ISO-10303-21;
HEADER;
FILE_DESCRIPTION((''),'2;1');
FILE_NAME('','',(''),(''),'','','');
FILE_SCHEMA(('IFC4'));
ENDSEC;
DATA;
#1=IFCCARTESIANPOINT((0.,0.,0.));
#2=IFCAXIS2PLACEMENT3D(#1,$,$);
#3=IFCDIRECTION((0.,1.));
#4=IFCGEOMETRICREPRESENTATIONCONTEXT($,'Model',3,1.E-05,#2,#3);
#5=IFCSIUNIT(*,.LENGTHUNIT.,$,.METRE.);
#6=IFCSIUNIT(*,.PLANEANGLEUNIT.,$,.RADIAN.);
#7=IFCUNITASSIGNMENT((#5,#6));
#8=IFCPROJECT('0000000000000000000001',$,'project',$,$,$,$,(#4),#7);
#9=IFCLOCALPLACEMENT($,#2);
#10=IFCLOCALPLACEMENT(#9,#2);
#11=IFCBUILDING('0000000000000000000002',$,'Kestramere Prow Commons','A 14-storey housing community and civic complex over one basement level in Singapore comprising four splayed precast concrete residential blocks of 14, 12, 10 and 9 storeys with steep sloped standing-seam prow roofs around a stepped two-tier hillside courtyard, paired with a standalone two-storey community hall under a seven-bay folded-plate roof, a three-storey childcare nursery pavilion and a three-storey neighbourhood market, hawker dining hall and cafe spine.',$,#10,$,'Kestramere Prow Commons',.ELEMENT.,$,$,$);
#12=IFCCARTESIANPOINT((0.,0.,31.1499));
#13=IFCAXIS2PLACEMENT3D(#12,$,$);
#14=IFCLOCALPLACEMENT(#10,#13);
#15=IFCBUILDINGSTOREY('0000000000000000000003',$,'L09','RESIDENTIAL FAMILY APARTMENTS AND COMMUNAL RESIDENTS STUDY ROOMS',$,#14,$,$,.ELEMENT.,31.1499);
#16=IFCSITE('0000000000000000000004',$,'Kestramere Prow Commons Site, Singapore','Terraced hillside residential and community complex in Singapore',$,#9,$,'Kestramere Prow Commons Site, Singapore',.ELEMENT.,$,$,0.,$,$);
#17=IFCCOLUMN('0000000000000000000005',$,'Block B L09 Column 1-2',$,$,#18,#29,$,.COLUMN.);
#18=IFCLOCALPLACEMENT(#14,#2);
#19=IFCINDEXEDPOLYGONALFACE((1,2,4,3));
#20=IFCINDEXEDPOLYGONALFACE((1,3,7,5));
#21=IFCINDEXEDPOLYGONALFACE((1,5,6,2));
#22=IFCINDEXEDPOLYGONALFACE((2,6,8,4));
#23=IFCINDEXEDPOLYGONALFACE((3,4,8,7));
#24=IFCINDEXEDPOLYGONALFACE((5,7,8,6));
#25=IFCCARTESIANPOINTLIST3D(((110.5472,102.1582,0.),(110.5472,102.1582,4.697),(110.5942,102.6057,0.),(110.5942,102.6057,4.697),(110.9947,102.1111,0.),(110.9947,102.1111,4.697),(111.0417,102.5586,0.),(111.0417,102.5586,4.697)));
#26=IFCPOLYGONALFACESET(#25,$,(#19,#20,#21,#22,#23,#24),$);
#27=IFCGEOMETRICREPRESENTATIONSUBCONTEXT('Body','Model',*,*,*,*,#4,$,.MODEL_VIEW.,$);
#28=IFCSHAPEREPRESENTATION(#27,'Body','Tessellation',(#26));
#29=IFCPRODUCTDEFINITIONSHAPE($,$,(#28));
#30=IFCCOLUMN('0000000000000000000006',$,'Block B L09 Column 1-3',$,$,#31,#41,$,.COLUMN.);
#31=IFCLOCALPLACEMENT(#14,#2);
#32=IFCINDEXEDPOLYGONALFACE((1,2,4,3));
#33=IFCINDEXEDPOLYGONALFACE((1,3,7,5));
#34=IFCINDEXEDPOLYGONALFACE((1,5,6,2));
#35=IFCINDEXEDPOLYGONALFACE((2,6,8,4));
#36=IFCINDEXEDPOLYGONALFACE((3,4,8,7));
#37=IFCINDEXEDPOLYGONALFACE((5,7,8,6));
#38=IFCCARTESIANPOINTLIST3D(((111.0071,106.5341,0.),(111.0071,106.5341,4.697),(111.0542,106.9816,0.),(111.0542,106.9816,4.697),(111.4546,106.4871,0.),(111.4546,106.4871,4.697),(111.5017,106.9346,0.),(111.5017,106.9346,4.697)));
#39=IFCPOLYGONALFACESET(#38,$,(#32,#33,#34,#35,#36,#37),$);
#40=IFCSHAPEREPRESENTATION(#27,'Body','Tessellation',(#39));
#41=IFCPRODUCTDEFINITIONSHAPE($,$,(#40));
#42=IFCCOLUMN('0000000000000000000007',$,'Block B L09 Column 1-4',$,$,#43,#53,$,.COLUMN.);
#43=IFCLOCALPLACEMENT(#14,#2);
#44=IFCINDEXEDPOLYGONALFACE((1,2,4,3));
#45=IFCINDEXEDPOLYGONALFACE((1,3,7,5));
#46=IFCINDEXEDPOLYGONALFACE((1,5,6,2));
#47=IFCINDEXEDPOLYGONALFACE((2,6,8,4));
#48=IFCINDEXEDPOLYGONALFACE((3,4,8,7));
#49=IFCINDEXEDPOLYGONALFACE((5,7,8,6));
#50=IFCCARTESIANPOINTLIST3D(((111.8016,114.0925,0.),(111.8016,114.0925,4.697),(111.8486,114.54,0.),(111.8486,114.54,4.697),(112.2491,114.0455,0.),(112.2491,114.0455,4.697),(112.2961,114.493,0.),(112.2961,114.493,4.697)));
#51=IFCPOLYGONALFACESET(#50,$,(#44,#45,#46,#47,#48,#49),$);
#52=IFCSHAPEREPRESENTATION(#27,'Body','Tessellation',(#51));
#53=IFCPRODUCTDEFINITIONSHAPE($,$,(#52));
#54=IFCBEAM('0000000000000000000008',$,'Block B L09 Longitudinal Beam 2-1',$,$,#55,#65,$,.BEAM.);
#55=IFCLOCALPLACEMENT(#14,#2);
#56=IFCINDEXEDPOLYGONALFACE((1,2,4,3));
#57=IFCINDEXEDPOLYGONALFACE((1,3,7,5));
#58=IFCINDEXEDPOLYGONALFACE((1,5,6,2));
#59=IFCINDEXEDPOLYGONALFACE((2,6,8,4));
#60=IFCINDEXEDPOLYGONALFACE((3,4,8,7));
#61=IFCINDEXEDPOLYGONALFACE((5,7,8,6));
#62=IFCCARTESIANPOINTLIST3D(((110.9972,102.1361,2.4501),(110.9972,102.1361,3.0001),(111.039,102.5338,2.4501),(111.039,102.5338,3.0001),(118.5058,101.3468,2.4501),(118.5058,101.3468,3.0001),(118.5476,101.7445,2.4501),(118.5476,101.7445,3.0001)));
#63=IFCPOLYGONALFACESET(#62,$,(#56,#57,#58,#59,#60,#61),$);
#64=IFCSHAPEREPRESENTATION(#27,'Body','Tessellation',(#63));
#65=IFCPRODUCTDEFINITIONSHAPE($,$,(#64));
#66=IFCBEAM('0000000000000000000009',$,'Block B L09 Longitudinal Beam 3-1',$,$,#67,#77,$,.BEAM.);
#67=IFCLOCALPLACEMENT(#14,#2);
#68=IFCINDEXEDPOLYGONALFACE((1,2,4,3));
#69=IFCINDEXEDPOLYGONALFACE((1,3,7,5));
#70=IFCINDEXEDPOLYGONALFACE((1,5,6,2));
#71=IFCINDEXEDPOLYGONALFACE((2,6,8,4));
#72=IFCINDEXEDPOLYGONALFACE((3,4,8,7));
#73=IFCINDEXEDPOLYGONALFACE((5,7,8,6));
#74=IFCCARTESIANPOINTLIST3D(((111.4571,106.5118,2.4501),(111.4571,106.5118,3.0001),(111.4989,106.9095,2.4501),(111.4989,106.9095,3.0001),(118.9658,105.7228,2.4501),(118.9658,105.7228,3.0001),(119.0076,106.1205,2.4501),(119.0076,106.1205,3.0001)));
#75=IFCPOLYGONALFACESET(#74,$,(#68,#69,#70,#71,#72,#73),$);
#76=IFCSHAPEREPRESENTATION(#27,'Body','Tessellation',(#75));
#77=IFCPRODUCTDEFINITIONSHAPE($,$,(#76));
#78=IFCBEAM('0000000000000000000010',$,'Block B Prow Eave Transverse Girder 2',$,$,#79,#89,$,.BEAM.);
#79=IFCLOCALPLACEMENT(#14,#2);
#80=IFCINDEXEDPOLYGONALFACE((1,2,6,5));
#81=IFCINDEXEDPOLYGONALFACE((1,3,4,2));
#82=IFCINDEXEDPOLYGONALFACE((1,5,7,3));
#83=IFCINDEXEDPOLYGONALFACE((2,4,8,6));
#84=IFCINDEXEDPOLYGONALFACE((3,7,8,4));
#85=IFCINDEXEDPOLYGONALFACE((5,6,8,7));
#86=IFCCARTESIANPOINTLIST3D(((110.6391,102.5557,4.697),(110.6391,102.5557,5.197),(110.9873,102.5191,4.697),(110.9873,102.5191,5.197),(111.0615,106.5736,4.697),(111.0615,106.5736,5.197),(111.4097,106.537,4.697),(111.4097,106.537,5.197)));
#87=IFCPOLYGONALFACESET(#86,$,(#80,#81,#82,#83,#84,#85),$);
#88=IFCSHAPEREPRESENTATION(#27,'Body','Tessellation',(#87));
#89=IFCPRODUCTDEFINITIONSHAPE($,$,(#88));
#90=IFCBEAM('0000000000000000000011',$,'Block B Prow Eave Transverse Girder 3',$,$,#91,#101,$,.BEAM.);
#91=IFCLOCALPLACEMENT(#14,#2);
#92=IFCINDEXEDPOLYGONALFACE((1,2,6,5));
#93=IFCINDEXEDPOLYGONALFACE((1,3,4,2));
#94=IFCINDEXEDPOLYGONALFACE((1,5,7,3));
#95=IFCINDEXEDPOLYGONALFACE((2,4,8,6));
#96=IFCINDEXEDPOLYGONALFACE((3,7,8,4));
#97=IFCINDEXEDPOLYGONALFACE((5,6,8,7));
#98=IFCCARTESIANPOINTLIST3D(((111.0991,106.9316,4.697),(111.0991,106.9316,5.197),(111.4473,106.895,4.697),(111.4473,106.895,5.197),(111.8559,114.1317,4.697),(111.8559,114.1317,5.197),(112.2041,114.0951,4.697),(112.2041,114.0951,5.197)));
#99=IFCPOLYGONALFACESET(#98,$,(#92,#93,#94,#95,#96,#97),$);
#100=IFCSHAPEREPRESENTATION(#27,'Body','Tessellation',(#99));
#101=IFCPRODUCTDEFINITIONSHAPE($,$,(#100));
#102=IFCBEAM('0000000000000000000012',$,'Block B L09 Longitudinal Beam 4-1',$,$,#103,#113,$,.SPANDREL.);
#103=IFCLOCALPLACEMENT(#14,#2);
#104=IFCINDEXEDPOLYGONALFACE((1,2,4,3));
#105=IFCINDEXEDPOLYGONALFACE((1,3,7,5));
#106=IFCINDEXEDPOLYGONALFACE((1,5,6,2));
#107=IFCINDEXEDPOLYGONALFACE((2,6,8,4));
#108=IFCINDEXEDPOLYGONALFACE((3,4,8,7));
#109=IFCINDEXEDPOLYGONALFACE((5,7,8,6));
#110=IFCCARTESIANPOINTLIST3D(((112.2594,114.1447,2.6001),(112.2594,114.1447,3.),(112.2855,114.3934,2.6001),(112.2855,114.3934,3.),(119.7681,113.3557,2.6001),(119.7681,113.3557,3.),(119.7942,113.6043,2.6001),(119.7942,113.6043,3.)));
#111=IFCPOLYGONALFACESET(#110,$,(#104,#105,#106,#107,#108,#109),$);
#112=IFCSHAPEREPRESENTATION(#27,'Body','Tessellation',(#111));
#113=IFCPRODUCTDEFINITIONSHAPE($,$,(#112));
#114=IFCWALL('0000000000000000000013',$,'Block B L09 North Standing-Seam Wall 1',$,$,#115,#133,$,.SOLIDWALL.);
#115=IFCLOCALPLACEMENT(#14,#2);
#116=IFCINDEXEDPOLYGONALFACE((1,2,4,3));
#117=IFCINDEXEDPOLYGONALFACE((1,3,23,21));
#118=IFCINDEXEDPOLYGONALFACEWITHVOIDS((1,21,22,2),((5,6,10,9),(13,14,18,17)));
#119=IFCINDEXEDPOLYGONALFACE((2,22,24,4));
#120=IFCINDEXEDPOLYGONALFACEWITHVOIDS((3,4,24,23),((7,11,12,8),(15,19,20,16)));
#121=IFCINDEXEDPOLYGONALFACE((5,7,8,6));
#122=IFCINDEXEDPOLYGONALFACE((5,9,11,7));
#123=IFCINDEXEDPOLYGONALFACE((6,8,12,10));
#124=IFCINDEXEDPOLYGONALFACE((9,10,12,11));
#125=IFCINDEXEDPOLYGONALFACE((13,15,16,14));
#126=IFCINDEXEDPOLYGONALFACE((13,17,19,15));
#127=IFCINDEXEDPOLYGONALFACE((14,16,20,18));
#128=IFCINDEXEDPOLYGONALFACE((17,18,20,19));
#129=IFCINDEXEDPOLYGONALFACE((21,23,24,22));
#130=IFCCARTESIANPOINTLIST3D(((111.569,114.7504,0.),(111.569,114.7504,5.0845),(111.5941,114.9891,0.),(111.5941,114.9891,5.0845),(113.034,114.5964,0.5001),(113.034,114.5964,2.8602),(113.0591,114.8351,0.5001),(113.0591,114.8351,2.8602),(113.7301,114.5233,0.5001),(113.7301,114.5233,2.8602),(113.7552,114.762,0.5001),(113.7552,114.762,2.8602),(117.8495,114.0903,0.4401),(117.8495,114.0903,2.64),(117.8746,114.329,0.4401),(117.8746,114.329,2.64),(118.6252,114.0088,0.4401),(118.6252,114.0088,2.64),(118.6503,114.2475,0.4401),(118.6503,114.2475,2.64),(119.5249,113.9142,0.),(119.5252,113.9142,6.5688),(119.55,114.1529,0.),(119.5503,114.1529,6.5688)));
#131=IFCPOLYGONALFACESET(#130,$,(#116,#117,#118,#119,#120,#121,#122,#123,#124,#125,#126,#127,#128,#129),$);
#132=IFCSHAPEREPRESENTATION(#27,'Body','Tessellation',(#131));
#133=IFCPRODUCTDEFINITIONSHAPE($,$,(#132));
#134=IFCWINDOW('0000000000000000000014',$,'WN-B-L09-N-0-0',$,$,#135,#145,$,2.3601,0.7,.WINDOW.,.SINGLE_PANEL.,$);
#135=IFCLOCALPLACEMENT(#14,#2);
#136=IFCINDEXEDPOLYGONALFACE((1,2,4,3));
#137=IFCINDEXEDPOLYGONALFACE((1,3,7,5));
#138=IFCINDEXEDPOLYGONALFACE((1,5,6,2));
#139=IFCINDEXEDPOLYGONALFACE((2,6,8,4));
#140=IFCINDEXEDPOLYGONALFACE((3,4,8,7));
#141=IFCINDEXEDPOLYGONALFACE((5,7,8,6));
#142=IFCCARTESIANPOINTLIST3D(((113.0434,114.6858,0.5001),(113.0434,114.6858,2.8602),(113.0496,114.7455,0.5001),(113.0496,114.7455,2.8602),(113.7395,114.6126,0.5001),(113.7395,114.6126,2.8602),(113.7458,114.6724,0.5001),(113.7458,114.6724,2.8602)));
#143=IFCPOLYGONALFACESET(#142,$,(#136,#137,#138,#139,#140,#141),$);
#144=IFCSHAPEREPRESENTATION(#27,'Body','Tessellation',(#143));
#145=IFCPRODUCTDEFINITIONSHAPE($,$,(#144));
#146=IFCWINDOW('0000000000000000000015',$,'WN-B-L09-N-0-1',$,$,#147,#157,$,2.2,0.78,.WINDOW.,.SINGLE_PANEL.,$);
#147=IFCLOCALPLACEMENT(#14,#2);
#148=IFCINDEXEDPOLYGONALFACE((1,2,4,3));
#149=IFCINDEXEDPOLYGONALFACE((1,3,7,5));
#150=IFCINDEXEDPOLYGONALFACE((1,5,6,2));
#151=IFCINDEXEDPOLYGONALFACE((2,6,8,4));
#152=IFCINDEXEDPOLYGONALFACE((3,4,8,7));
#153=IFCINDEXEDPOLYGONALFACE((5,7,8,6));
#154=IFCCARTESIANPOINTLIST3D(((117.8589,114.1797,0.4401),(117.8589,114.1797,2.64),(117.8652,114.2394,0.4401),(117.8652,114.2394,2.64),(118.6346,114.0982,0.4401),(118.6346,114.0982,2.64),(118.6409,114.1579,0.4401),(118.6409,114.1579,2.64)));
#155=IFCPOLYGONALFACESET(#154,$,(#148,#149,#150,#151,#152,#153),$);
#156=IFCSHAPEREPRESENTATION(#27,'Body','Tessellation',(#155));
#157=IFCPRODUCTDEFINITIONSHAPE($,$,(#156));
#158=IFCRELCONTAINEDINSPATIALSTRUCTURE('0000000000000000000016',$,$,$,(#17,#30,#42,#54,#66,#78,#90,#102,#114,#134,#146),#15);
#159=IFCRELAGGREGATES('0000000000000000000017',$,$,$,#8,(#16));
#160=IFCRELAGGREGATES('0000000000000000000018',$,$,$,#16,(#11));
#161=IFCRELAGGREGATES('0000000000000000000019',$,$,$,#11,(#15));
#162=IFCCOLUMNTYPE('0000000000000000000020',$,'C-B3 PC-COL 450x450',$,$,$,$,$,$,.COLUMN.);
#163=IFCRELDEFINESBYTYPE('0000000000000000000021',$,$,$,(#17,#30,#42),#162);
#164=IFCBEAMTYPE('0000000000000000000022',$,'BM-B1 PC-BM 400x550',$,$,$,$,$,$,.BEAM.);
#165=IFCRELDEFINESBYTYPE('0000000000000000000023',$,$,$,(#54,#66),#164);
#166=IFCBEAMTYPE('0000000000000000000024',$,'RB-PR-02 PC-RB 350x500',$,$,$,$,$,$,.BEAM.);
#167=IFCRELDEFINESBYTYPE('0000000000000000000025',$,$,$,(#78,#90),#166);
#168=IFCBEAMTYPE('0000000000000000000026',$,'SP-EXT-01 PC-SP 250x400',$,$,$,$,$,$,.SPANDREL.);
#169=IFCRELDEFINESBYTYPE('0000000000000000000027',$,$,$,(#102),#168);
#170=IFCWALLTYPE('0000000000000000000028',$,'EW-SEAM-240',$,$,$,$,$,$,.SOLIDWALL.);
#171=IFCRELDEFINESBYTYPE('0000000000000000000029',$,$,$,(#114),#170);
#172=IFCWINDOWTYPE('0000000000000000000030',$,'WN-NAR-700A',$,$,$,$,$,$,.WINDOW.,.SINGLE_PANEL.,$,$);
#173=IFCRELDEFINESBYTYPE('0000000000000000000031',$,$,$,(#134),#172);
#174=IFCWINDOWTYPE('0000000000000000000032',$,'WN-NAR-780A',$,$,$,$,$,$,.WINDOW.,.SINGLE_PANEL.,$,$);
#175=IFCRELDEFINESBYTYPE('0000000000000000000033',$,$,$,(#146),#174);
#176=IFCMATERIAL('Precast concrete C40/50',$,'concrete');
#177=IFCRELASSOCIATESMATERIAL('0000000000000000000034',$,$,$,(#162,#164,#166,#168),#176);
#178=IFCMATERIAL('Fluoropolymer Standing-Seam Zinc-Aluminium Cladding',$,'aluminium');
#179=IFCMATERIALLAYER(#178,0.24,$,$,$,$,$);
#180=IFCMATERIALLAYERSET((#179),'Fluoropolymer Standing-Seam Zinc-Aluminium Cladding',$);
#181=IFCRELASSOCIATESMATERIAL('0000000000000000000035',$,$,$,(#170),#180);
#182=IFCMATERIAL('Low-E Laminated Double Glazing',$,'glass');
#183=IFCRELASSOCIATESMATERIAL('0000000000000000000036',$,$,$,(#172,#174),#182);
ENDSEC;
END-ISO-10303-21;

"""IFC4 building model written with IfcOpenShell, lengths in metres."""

from ifc_helpers import new_model, si_unit, direction, frame, frame_2d, origin, origin_2d, place, context, subcontext, project, spatial, polyline, rectangle, outline, extrude, material, layer, layer_set, material_profile, profile_set, type_object, element, fill, save


model = new_model("IFC4")

# Units and contexts
model_context = context("Model", 3, precision=1e-05, world=origin(), true_north=direction((0.0, 1.0)))
body_context = subcontext(model_context, "Body", "Model", "MODEL_VIEW")
ifc_project = project(units=[si_unit("LENGTHUNIT", "METRE"), si_unit("PLANEANGLEUNIT", "RADIAN")], contexts=[model_context])

# Site, building, storey
site_placement = place(None, origin())
site = spatial("IfcSite", under=ifc_project, at=site_placement, Name="Kestramere Prow Commons Site, Singapore", Description="Terraced hillside residential and community complex in Singapore", LongName="Kestramere Prow Commons Site, Singapore", CompositionType="ELEMENT", RefElevation=0.0)
building_placement = place(site_placement, origin())
building = spatial("IfcBuilding", under=site, at=building_placement, Name="Kestramere Prow Commons", Description="A 14-storey housing community and civic complex over one basement level in Singapore comprising four splayed precast concrete residential blocks of 14, 12, 10 and 9 storeys with steep sloped standing-seam prow roofs around a stepped two-tier hillside courtyard, paired with a standalone two-storey community hall under a seven-bay folded-plate roof, a three-storey childcare nursery pavilion and a three-storey neighbourhood market, hawker dining hall and cafe spine.", LongName="Kestramere Prow Commons", CompositionType="ELEMENT")
storey_placement = place(building_placement, frame((0.0, 0.0, 31.1499)))
storey = spatial("IfcBuildingStorey", under=building, at=storey_placement, Name="L09", Description="RESIDENTIAL FAMILY APARTMENTS AND COMMUNAL RESIDENTS STUDY ROOMS", CompositionType="ELEMENT", Elevation=31.1499)

# Columns
ifc_material_1 = material(Name="Precast concrete C40/50", Category="concrete")
ifc_material_profile_1 = material_profile(ifc_material_1, rectangle(XDim=0.45, YDim=0.45, at=origin_2d()), Name="PC-COL 450x450")
ifc_profile_set_1 = profile_set([ifc_material_profile_1], Name="Precast concrete C40/50")
column_type = type_object("IfcColumnType", Name="C-B3 PC-COL 450x450", PredefinedType="COLUMN", material=ifc_profile_set_1)
for number, where, z_axis, x_axis, name in (
    (1, (110.7944, 102.3584, 0.0), (0.0, 0.0, 1.0), (0.994522, -0.104528, 0.0), "Block B L09 Column 1-2"),
    (2, (111.2544, 106.7344, 0.0), (0.0, 0.0, 1.0), (0.994522, -0.104528, 0.0), "Block B L09 Column 1-3"),
    (3, (112.0488, 114.2927, 0.0), (0.0, 0.0, 1.0), (0.994522, -0.104528, 0.0), "Block B L09 Column 1-4"),
):
    element("IfcColumn", number, at=place(storey_placement, frame(where, z_axis=z_axis, x_axis=x_axis)), inside=storey, type_object=column_type, Name=name, PredefinedType="COLUMN", context=body_context, shape_type="SweptSolid", body=[
        extrude(rectangle(XDim=0.45, YDim=0.45, at=origin_2d()), origin(), (0.0, 0.0, 1.0), 4.697),
    ])

# Beams
ifc_material_profile_2 = material_profile(ifc_material_1, rectangle(XDim=0.3999, YDim=0.55, at=origin_2d()), Name="PC-BM 400x550")
ifc_profile_set_2 = profile_set([ifc_material_profile_2], Name="Precast concrete C40/50")
beam_type_1 = type_object("IfcBeamType", Name="BM-B1 PC-BM 400x550", PredefinedType="BEAM", material=ifc_profile_set_2)
for number, where, z_axis, x_axis, name in (
    (4, (111.0181, 102.335, 2.7251), (0.994521, -0.104542, 0.0), (0.104542, 0.994521, 0.0), "Block B L09 Longitudinal Beam 2-1"),
    (5, (111.478, 106.7107, 2.7251), (0.994524, -0.10451, 0.0), (0.10451, 0.994524, 0.0), "Block B L09 Longitudinal Beam 3-1"),
):
    element("IfcBeam", number, at=place(storey_placement, frame(where, z_axis=z_axis, x_axis=x_axis)), inside=storey, type_object=beam_type_1, Name=name, PredefinedType="BEAM", context=body_context, shape_type="SweptSolid", body=[
        extrude(rectangle(XDim=0.3999, YDim=0.55, at=origin_2d()), origin(), (0.0, 0.0, 1.0), 7.55),
    ])
ifc_material_profile_3 = material_profile(ifc_material_1, rectangle(XDim=0.3501, YDim=0.5, at=origin_2d()), Name="PC-RB 350x500")
ifc_profile_set_3 = profile_set([ifc_material_profile_3], Name="Precast concrete C40/50")
beam_type_2 = type_object("IfcBeamType", Name="RB-PR-02 PC-RB 350x500", PredefinedType="BEAM", material=ifc_profile_set_3)
beam_1_placement = place(storey_placement, frame((110.8132, 102.5374, 4.947), z_axis=(0.104546, 0.99452, 0.0), x_axis=(-0.99452, 0.104546, 0.0)))
element("IfcBeam", 6, at=beam_1_placement, inside=storey, type_object=beam_type_2, Name="Block B Prow Eave Transverse Girder 2", PredefinedType="BEAM", context=body_context, shape_type="SweptSolid", body=[
    extrude(rectangle(XDim=0.3501, YDim=0.5, at=origin_2d()), origin(), (0.0, 0.0, 1.0), 4.04),
])
beam_2_placement = place(storey_placement, frame((111.2732, 106.9133, 4.947), z_axis=(0.104537, 0.994521, 0.0), x_axis=(-0.994521, 0.104537, 0.0)))
element("IfcBeam", 7, at=beam_2_placement, inside=storey, type_object=beam_type_2, Name="Block B Prow Eave Transverse Girder 3", PredefinedType="BEAM", context=body_context, shape_type="SweptSolid", body=[
    extrude(rectangle(XDim=0.3501, YDim=0.5, at=origin_2d()), origin(), (0.0, 0.0, 1.0), 7.2397),
])
ifc_material_profile_4 = material_profile(ifc_material_1, rectangle(XDim=0.25, YDim=0.3999, at=origin_2d()), Name="PC-SP 250x400")
ifc_profile_set_4 = profile_set([ifc_material_profile_4], Name="Precast concrete C40/50")
beam_type_3 = type_object("IfcBeamType", Name="SP-EXT-01 PC-SP 250x400", PredefinedType="SPANDREL", material=ifc_profile_set_4)
beam_3_placement = place(storey_placement, frame((112.2725, 114.269, 2.8), z_axis=(0.994524, -0.10451, 0.0), x_axis=(0.10451, 0.994524, 0.0)))
element("IfcBeam", 8, at=beam_3_placement, inside=storey, type_object=beam_type_3, Name="Block B L09 Longitudinal Beam 4-1", PredefinedType="SPANDREL", context=body_context, shape_type="SweptSolid", body=[
    extrude(rectangle(XDim=0.25, YDim=0.3999, at=origin_2d()), origin(), (0.0, 0.0, 1.0), 7.55),
])

# Wall, openings, windows
ifc_material_2 = material(Name="Fluoropolymer Standing-Seam Zinc-Aluminium Cladding", Category="aluminium")
ifc_layer_1 = layer(ifc_material_2, 0.24)
ifc_layer_set_1 = layer_set([ifc_layer_1], Name="Fluoropolymer Standing-Seam Zinc-Aluminium Cladding")
wall_type_1 = type_object("IfcWallType", Name="EW-SEAM-240", PredefinedType="SOLIDWALL", material=ifc_layer_set_1)
wall_1_placement = place(storey_placement, frame((111.5815, 114.8696, 0.0), z_axis=(0.0, 0.0, 1.0), x_axis=(0.994522, -0.104524, 0.0)))
wall_1 = element("IfcWall", 9, at=wall_1_placement, inside=storey, type_object=wall_type_1, Name="Block B L09 North Standing-Seam Wall 1", PredefinedType="SOLIDWALL", context=body_context, shape_type="SweptSolid", body=[
    extrude(outline(polyline([(0.0, 0.0), (7.9998, 0.0), (8.0, 6.5688), (0.0, 5.0845), (0.0, 0.0)])), frame((0.0, 0.1201, 0.0), z_axis=(0.0, -1.0, 0.0), x_axis=(1.0, 0.0, 0.0)), (0.0, 0.0, 1.0), 0.24),
])
opening_1_placement = place(wall_1_placement, frame((1.4729, 0.0, 0.5)))
opening_1 = element("IfcOpeningElement", 10, at=opening_1_placement, cuts=wall_1, PredefinedType="OPENING", context=body_context, shape_type="SweptSolid", body=[
    extrude(rectangle(XDim=0.7, YDim=2.3601, at=frame_2d((0.3501, 1.1802))), frame((0.0, 0.135, 0.0), z_axis=(0.0, -1.0, 0.0), x_axis=(1.0, 0.0, 0.0)), (0.0, 0.0, 1.0), 0.27),
])
opening_2_placement = place(wall_1_placement, frame((6.3149, 0.0, 0.4399)))
opening_2 = element("IfcOpeningElement", 11, at=opening_2_placement, cuts=wall_1, PredefinedType="OPENING", context=body_context, shape_type="SweptSolid", body=[
    extrude(rectangle(XDim=0.78, YDim=2.2, at=frame_2d((0.3901, 1.1001))), frame((0.0, 0.135, 0.0), z_axis=(0.0, -1.0, 0.0), x_axis=(1.0, 0.0, 0.0)), (0.0, 0.0, 1.0), 0.27),
])
ifc_material_3 = material(Name="Low-E Laminated Double Glazing", Category="glass")
window_type_1 = type_object("IfcWindowType", Name="WN-NAR-700A", PartitioningType="SINGLE_PANEL", PredefinedType="WINDOW", material=ifc_material_3)
window_1_placement = place(opening_1_placement, origin())
window_1 = element("IfcWindow", 12, at=window_1_placement, inside=storey, type_object=window_type_1, Name="WN-B-L09-N-0-0", OverallHeight=2.3601, OverallWidth=0.7, PartitioningType="SINGLE_PANEL", PredefinedType="WINDOW", context=body_context, shape_type="SweptSolid", body=[
    extrude(rectangle(XDim=0.7, YDim=2.3601, at=frame_2d((0.3501, 1.1802))), frame((0.0, 0.03, 0.0), z_axis=(0.0, -1.0, 0.0), x_axis=(1.0, 0.0, 0.0)), (0.0, 0.0, 1.0), 0.0601),
])
fill(opening_1, window_1)
window_type_2 = type_object("IfcWindowType", Name="WN-NAR-780A", PartitioningType="SINGLE_PANEL", PredefinedType="WINDOW", material=ifc_material_3)
window_2_placement = place(opening_2_placement, origin())
window_2 = element("IfcWindow", 13, at=window_2_placement, inside=storey, type_object=window_type_2, Name="WN-B-L09-N-0-1", OverallHeight=2.2, OverallWidth=0.78, PartitioningType="SINGLE_PANEL", PredefinedType="WINDOW", context=body_context, shape_type="SweptSolid", body=[
    extrude(rectangle(XDim=0.78, YDim=2.2, at=frame_2d((0.3901, 1.1001))), frame((0.0, 0.03, 0.0), z_axis=(0.0, -1.0, 0.0), x_axis=(1.0, 0.0, 0.0)), (0.0, 0.0, 1.0), 0.0601),
])
fill(opening_2, window_2)

save(model, "model.ifc")
